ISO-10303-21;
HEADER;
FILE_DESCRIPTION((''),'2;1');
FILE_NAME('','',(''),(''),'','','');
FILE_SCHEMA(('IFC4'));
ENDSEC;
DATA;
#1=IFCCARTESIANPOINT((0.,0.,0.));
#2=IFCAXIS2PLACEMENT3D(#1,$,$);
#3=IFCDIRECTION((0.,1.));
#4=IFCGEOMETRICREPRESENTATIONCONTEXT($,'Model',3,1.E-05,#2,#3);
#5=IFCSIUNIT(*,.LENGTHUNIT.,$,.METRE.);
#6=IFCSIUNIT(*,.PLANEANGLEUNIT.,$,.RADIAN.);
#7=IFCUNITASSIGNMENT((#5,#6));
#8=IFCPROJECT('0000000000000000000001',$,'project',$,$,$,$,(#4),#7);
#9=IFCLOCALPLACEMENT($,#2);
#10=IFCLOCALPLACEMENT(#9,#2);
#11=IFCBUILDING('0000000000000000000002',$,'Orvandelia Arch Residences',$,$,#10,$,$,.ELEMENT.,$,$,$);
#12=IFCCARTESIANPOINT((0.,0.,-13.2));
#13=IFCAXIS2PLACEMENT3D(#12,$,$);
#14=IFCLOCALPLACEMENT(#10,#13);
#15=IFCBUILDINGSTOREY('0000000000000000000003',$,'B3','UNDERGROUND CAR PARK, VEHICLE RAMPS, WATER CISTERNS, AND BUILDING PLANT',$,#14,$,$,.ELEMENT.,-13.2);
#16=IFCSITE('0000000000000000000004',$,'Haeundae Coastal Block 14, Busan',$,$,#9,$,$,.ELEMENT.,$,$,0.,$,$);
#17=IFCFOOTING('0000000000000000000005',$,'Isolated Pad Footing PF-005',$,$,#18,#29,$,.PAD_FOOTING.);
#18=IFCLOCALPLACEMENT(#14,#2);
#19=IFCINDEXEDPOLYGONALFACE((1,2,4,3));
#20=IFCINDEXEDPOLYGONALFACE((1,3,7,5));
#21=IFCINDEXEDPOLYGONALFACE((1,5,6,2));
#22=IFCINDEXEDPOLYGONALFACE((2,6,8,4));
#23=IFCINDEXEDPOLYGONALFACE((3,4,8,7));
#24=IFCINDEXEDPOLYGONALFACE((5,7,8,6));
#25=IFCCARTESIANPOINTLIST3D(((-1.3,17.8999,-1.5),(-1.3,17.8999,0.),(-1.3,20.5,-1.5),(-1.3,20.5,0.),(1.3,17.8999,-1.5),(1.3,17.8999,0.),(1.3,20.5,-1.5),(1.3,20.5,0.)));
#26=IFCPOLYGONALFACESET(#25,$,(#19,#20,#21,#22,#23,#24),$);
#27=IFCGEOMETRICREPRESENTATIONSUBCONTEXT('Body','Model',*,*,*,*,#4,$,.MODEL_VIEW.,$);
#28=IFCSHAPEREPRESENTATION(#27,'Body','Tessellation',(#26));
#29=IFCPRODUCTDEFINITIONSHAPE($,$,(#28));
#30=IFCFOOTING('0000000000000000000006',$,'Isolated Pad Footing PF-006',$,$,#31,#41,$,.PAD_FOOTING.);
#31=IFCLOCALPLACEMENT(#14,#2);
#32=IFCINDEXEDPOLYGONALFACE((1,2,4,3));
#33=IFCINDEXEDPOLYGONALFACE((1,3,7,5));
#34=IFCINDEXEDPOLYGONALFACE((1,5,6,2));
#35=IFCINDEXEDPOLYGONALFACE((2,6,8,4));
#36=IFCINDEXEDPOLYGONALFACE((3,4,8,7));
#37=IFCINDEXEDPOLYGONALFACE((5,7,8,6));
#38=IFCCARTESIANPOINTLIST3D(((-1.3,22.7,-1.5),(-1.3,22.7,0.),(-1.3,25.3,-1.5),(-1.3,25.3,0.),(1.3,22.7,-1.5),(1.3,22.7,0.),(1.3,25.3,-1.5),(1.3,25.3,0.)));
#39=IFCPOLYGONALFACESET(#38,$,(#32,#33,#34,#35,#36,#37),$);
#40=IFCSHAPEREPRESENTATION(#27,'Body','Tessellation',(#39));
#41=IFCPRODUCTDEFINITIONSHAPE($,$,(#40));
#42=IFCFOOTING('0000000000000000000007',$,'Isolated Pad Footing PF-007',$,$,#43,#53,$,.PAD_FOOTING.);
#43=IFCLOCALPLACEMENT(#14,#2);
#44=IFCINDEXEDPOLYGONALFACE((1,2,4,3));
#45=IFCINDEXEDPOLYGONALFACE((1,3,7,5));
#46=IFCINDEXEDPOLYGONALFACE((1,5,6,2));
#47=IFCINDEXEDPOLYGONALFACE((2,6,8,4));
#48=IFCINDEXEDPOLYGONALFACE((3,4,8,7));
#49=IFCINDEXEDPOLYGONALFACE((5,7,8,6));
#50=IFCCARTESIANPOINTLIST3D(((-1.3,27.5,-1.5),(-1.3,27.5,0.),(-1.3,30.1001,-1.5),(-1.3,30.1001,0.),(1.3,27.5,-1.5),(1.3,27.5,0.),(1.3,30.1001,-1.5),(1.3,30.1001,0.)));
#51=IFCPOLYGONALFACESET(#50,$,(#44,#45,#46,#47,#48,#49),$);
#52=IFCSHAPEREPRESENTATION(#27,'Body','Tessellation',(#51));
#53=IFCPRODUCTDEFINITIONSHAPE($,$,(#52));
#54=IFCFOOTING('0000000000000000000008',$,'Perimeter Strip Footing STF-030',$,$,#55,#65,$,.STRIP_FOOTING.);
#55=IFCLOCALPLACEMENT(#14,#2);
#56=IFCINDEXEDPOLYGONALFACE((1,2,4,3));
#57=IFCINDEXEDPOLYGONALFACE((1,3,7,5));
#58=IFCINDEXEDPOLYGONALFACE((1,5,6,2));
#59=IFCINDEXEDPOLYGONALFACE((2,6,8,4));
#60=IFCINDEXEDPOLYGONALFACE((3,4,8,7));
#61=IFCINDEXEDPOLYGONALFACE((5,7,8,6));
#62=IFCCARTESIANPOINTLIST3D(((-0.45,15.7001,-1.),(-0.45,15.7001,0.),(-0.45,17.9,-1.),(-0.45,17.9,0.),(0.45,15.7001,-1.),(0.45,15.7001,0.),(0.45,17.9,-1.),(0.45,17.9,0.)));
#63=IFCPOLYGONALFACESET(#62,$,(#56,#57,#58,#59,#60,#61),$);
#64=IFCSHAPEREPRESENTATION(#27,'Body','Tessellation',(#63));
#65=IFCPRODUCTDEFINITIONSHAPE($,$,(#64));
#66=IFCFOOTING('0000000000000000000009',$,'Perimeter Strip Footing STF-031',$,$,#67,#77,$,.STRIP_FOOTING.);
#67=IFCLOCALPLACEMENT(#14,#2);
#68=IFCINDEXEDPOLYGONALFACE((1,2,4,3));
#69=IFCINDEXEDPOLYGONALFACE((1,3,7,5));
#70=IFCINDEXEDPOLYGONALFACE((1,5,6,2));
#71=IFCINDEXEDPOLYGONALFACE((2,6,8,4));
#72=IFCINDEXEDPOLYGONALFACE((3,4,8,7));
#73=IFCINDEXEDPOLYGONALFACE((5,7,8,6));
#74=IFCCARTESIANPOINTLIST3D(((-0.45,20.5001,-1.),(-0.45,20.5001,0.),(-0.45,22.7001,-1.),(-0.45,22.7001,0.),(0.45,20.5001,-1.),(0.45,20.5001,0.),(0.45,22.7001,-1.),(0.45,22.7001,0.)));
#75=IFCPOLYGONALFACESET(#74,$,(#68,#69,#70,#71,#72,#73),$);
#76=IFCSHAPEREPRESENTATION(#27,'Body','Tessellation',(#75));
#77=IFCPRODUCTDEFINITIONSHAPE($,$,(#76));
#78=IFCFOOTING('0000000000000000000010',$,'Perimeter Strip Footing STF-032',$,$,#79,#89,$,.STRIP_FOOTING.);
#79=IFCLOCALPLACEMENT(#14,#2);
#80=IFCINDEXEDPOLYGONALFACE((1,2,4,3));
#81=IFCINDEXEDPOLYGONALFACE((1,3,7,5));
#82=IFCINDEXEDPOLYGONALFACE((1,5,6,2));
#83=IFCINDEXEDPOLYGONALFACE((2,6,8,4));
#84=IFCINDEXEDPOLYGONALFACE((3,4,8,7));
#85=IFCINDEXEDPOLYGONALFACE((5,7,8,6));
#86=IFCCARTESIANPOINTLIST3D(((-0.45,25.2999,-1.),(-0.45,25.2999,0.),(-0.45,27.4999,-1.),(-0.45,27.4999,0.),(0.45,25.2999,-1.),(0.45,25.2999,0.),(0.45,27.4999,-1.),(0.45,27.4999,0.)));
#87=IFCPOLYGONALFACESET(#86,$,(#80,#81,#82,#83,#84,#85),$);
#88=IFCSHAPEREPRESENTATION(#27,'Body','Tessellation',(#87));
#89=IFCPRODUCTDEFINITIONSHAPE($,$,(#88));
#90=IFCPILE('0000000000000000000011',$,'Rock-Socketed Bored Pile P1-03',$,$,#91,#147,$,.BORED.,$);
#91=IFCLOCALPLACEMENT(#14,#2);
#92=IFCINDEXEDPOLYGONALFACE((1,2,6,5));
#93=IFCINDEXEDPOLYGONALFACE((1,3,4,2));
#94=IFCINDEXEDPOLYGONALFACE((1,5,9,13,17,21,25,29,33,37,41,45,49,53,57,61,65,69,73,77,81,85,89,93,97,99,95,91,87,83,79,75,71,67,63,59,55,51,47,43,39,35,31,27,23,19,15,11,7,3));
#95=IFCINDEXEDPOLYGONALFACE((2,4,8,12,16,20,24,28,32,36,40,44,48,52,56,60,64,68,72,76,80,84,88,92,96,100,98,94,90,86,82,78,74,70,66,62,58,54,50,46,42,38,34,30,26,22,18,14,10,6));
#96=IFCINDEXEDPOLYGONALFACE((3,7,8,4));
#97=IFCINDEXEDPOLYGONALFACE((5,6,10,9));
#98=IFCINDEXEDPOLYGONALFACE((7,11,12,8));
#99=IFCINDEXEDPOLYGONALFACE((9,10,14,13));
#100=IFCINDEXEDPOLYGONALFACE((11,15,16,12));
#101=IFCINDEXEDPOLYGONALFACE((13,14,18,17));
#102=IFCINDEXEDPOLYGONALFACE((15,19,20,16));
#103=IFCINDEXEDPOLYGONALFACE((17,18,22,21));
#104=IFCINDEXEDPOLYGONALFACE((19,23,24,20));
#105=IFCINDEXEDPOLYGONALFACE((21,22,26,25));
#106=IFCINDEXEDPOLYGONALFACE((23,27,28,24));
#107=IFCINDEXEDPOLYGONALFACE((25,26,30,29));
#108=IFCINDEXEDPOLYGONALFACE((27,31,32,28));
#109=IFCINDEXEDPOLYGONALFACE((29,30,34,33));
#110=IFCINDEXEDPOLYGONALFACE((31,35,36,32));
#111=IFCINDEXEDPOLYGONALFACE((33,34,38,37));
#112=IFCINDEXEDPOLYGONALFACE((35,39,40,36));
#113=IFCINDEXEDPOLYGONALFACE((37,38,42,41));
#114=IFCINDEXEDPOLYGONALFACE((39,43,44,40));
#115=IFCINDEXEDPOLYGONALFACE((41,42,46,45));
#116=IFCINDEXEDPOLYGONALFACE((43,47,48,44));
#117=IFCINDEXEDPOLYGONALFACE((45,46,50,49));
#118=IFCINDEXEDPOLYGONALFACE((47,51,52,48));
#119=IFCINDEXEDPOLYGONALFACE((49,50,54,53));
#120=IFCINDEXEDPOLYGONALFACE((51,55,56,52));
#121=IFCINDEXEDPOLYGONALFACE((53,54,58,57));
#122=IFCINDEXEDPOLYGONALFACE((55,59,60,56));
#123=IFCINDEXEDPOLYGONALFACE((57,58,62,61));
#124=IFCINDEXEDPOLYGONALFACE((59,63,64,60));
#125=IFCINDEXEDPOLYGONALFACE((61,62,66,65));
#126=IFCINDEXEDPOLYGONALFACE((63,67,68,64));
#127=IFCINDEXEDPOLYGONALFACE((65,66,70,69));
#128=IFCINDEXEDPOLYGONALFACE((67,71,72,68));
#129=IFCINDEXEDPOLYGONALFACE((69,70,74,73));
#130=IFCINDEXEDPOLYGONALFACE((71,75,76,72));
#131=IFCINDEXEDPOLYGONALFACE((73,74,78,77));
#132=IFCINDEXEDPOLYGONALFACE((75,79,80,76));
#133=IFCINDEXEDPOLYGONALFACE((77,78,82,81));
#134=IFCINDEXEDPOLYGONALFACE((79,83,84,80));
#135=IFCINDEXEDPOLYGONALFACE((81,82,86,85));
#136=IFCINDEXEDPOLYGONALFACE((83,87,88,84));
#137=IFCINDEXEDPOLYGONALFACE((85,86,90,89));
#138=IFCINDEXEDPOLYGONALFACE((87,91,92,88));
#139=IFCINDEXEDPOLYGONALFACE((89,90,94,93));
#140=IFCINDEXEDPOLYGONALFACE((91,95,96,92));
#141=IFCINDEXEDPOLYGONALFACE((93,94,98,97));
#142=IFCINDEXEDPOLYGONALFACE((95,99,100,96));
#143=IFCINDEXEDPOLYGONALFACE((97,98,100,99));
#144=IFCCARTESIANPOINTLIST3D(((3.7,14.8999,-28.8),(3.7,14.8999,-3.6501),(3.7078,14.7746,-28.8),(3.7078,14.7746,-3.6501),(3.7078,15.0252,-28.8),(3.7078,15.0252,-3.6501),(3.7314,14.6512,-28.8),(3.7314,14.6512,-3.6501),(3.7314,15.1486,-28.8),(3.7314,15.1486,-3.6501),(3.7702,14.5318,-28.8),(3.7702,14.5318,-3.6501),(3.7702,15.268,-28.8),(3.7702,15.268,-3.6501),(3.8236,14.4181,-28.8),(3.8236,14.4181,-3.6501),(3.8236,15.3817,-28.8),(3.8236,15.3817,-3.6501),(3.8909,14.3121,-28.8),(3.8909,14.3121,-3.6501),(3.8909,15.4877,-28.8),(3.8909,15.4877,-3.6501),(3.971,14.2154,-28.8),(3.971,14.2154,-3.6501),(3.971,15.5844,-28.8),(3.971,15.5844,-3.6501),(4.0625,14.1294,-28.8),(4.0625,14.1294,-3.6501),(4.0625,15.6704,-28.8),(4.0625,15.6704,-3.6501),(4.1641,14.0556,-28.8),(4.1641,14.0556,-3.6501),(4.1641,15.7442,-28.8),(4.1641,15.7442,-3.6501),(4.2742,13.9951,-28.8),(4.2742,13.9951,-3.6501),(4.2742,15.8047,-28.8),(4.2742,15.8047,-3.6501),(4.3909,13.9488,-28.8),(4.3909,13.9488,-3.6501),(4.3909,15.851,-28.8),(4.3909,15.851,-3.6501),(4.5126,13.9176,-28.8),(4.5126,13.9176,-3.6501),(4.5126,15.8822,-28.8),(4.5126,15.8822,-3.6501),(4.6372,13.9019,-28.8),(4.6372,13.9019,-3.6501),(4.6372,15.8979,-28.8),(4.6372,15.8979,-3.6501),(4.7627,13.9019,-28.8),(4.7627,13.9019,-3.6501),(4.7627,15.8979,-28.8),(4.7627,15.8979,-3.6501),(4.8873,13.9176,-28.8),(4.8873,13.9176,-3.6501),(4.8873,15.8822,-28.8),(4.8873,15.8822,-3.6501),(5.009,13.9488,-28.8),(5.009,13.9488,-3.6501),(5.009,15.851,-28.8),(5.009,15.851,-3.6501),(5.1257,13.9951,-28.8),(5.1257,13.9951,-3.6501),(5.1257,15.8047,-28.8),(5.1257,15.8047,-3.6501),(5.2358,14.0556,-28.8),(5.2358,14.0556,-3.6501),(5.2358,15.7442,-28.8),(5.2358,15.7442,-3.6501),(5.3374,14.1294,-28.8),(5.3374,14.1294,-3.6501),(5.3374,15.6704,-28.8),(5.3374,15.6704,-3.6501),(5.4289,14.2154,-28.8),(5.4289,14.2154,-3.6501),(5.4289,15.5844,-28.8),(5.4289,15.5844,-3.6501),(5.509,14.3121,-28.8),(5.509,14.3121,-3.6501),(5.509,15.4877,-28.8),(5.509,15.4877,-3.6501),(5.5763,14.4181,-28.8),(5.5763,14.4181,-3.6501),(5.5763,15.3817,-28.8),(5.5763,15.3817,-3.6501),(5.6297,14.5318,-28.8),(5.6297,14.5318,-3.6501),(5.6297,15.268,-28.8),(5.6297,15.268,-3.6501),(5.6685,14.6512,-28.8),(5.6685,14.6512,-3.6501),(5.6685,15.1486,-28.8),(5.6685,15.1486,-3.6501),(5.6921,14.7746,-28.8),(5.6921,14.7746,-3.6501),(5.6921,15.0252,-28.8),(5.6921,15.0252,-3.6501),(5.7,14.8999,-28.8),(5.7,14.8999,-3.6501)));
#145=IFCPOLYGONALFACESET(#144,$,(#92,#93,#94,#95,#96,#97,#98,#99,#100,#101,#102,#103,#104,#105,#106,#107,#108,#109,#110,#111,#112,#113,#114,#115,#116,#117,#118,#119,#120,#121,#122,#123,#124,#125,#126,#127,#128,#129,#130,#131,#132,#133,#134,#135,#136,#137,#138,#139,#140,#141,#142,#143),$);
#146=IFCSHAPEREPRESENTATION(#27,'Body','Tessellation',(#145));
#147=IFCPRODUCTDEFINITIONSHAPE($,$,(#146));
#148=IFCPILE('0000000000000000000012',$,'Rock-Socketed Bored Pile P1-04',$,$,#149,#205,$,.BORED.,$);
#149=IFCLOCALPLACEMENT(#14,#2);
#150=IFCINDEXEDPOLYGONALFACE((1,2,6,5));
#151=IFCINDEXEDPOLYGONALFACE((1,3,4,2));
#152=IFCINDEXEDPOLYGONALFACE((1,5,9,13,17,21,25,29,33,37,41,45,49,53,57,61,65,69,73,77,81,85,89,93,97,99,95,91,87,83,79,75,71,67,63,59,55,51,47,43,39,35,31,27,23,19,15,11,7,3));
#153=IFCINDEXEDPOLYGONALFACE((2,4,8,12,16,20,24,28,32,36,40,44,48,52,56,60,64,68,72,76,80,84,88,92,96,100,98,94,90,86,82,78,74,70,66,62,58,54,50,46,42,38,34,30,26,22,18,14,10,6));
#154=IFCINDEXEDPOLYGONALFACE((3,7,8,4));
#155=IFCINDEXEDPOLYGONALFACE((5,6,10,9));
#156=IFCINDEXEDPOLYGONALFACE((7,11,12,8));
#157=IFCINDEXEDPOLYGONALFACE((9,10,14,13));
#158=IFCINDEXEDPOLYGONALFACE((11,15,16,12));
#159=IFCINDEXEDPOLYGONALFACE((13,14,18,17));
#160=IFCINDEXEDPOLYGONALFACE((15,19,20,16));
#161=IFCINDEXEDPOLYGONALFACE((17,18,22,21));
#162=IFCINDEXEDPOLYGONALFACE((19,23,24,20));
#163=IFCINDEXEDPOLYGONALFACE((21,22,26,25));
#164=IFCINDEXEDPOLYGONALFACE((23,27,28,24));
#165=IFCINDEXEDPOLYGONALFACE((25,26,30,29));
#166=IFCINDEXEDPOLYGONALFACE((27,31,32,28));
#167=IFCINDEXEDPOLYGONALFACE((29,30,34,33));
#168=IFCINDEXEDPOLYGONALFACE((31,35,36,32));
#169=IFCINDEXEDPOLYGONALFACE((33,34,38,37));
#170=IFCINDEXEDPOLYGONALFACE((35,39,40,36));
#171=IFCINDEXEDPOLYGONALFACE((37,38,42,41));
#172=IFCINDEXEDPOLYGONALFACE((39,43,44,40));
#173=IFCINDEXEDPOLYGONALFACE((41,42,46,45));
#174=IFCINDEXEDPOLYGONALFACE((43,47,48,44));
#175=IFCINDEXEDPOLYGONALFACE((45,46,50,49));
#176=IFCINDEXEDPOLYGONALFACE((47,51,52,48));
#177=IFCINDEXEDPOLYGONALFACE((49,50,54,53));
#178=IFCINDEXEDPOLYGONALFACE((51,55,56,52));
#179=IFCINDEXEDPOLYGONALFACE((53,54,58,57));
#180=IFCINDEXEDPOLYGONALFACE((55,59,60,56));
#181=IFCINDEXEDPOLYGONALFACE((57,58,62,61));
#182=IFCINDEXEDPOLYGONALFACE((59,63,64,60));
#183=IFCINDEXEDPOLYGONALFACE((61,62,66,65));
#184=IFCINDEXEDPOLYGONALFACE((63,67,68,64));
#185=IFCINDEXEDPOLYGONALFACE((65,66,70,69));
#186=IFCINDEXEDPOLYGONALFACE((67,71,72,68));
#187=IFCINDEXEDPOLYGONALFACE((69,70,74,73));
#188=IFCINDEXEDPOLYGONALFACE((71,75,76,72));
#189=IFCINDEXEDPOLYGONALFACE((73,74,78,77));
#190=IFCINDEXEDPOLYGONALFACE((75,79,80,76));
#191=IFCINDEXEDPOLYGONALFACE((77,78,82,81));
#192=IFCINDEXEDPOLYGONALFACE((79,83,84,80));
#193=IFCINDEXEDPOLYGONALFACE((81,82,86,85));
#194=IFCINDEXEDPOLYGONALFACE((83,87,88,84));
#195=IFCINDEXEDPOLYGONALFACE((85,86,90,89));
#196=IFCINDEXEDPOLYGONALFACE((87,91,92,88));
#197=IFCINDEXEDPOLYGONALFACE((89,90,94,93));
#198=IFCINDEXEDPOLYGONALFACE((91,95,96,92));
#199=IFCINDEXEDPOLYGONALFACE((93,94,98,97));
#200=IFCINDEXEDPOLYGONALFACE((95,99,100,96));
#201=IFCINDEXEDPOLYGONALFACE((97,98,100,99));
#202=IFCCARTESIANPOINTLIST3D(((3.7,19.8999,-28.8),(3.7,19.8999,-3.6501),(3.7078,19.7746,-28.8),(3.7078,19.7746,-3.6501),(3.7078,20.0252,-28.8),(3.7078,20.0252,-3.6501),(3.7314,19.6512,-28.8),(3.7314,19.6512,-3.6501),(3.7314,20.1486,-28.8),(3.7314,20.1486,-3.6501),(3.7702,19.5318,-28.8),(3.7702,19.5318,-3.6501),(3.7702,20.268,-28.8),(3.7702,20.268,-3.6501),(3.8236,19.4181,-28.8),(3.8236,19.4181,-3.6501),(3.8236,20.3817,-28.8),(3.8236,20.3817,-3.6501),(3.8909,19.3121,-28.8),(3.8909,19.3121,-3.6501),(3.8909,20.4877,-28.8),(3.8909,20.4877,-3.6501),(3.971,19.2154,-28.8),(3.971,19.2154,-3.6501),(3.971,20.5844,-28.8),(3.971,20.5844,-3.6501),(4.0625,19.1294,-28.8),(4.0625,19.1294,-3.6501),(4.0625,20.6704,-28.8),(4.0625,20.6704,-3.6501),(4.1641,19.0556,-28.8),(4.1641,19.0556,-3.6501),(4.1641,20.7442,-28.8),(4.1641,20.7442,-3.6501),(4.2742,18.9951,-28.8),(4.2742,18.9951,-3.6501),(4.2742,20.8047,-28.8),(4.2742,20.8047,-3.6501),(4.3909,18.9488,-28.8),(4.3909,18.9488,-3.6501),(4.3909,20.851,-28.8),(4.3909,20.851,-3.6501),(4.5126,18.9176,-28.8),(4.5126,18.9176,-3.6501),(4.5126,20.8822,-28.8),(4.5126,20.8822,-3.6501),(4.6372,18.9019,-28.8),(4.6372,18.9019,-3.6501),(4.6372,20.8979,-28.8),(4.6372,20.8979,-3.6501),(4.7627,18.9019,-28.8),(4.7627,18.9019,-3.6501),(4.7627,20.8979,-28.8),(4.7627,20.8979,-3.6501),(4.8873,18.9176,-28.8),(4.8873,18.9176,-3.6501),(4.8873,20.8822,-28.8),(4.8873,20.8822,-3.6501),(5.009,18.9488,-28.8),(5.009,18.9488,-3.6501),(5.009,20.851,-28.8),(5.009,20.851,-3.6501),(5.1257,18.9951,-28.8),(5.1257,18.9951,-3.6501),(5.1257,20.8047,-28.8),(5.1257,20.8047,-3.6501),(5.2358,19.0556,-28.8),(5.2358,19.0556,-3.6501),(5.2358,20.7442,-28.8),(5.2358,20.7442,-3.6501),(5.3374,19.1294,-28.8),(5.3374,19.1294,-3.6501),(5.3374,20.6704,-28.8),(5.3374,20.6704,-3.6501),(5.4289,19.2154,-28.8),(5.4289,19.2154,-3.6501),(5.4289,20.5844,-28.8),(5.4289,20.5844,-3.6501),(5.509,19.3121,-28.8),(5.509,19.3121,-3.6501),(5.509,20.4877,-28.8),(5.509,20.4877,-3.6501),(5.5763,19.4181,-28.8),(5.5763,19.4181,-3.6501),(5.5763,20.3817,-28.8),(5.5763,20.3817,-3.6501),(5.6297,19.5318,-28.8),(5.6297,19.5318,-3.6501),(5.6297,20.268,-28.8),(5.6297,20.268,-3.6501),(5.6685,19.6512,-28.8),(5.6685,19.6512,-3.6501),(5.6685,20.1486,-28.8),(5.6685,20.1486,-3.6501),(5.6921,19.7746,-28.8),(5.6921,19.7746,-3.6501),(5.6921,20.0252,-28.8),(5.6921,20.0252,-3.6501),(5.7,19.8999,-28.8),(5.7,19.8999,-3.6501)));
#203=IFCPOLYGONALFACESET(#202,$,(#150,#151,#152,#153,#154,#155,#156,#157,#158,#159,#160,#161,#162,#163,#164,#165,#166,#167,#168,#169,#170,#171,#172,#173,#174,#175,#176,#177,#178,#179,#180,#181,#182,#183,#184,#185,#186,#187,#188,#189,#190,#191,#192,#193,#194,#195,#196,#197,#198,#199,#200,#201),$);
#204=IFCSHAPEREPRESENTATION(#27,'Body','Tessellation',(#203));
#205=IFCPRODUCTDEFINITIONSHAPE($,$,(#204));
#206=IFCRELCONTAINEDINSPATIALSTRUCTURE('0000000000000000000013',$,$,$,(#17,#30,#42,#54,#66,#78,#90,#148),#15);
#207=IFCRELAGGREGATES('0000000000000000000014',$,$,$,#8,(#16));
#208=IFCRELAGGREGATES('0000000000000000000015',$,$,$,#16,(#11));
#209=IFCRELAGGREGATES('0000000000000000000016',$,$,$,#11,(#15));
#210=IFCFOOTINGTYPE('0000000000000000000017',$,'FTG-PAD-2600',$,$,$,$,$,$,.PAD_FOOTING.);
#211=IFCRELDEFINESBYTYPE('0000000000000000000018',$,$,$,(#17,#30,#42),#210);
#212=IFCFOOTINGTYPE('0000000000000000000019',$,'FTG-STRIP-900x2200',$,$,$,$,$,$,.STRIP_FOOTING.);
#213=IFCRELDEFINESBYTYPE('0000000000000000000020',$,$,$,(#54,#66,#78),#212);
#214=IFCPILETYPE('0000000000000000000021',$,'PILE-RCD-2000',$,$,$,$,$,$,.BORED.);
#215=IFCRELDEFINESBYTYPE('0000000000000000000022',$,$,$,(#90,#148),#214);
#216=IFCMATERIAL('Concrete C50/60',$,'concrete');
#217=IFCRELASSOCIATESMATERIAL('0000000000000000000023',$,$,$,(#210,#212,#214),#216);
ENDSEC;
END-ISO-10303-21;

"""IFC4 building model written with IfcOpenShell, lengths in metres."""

from ifc_helpers import new_model, si_unit, direction, frame, origin, origin_2d, place, context, subcontext, project, spatial, rectangle, circle, extrude, material, material_profile, profile_set, type_object, element, save


model = new_model("IFC4")

# Units and contexts
model_context = context("Model", 3, precision=1e-05, world=origin(), true_north=direction((0.0, 1.0)))
body_context = subcontext(model_context, "Body", "Model", "MODEL_VIEW")
ifc_project = project(units=[si_unit("LENGTHUNIT", "METRE"), si_unit("PLANEANGLEUNIT", "RADIAN")], contexts=[model_context])

# Site, building, storey
site_placement = place(None, origin())
site = spatial("IfcSite", under=ifc_project, at=site_placement, Name="Haeundae Coastal Block 14, Busan", CompositionType="ELEMENT", RefElevation=0.0)
building_placement = place(site_placement, origin())
building = spatial("IfcBuilding", under=site, at=building_placement, Name="Orvandelia Arch Residences", CompositionType="ELEMENT")
storey_placement = place(building_placement, frame((0.0, 0.0, -13.2)))
storey = spatial("IfcBuildingStorey", under=building, at=storey_placement, Name="B3", Description="UNDERGROUND CAR PARK, VEHICLE RAMPS, WATER CISTERNS, AND BUILDING PLANT", CompositionType="ELEMENT", Elevation=-13.2)

# Footings
ifc_material_1 = material(Name="Concrete C50/60", Category="concrete")
footing_type_1 = type_object("IfcFootingType", Name="FTG-PAD-2600", PredefinedType="PAD_FOOTING", material=ifc_material_1)
for number, where, z_axis, x_axis, name in (
    (1, (0.0, 19.2, -1.5), (0.0, 0.0, 1.0), (1.0, 0.0, 0.0), "Isolated Pad Footing PF-005"),
    (2, (0.0, 24.0, -1.5), (0.0, 0.0, 1.0), (1.0, 0.0, 0.0), "Isolated Pad Footing PF-006"),
    (3, (0.0, 28.8, -1.5), (0.0, 0.0, 1.0), (1.0, 0.0, 0.0), "Isolated Pad Footing PF-007"),
):
    element("IfcFooting", number, at=place(storey_placement, frame(where, z_axis=z_axis, x_axis=x_axis)), inside=storey, type_object=footing_type_1, Name=name, PredefinedType="PAD_FOOTING", context=body_context, shape_type="SweptSolid", body=[
        extrude(rectangle(XDim=2.6001, YDim=2.6001, at=origin_2d()), origin(), (0.0, 0.0, 1.0), 1.5),
    ])
footing_type_2 = type_object("IfcFootingType", Name="FTG-STRIP-900x2200", PredefinedType="STRIP_FOOTING", material=ifc_material_1)
for number, where, z_axis, x_axis, name in (
    (4, (0.0, 16.8, -1.0), (0.0, 0.0, 1.0), (1.0, 0.0, 0.0), "Perimeter Strip Footing STF-030"),
    (5, (0.0, 21.6001, -1.0), (0.0, 0.0, 1.0), (1.0, 0.0, 0.0), "Perimeter Strip Footing STF-031"),
    (6, (0.0, 26.3999, -1.0), (0.0, 0.0, 1.0), (1.0, 0.0, 0.0), "Perimeter Strip Footing STF-032"),
):
    element("IfcFooting", number, at=place(storey_placement, frame(where, z_axis=z_axis, x_axis=x_axis)), inside=storey, type_object=footing_type_2, Name=name, PredefinedType="STRIP_FOOTING", context=body_context, shape_type="SweptSolid", body=[
        extrude(rectangle(XDim=0.8999, YDim=2.2, at=origin_2d()), origin(), (0.0, 0.0, 1.0), 1.0),
    ])

# Piles
ifc_material_profile_1 = material_profile(ifc_material_1, circle(Radius=1.0, at=origin_2d()), Name="Concrete C50/60", Category="concrete")
ifc_profile_set_1 = profile_set([ifc_material_profile_1], Name="Concrete C50/60")
pile_type = type_object("IfcPileType", Name="PILE-RCD-2000", PredefinedType="BORED", material=ifc_profile_set_1)
for number, where, z_axis, x_axis, name in (
    (7, (4.7, 14.8999, -3.6501), (0.0, 0.0, -1.0), (1.0, 0.0, 0.0), "Rock-Socketed Bored Pile P1-03"),
    (8, (4.7, 19.8999, -3.6501), (0.0, 0.0, -1.0), (1.0, 0.0, 0.0), "Rock-Socketed Bored Pile P1-04"),
):
    element("IfcPile", number, at=place(storey_placement, frame(where, z_axis=z_axis, x_axis=x_axis)), inside=storey, type_object=pile_type, Name=name, PredefinedType="BORED", context=body_context, shape_type="SweptSolid", body=[
        extrude(circle(Radius=1.0, at=origin_2d()), origin(), (0.0, 0.0, 1.0), 25.1499),
    ])

save(model, "model.ifc")
